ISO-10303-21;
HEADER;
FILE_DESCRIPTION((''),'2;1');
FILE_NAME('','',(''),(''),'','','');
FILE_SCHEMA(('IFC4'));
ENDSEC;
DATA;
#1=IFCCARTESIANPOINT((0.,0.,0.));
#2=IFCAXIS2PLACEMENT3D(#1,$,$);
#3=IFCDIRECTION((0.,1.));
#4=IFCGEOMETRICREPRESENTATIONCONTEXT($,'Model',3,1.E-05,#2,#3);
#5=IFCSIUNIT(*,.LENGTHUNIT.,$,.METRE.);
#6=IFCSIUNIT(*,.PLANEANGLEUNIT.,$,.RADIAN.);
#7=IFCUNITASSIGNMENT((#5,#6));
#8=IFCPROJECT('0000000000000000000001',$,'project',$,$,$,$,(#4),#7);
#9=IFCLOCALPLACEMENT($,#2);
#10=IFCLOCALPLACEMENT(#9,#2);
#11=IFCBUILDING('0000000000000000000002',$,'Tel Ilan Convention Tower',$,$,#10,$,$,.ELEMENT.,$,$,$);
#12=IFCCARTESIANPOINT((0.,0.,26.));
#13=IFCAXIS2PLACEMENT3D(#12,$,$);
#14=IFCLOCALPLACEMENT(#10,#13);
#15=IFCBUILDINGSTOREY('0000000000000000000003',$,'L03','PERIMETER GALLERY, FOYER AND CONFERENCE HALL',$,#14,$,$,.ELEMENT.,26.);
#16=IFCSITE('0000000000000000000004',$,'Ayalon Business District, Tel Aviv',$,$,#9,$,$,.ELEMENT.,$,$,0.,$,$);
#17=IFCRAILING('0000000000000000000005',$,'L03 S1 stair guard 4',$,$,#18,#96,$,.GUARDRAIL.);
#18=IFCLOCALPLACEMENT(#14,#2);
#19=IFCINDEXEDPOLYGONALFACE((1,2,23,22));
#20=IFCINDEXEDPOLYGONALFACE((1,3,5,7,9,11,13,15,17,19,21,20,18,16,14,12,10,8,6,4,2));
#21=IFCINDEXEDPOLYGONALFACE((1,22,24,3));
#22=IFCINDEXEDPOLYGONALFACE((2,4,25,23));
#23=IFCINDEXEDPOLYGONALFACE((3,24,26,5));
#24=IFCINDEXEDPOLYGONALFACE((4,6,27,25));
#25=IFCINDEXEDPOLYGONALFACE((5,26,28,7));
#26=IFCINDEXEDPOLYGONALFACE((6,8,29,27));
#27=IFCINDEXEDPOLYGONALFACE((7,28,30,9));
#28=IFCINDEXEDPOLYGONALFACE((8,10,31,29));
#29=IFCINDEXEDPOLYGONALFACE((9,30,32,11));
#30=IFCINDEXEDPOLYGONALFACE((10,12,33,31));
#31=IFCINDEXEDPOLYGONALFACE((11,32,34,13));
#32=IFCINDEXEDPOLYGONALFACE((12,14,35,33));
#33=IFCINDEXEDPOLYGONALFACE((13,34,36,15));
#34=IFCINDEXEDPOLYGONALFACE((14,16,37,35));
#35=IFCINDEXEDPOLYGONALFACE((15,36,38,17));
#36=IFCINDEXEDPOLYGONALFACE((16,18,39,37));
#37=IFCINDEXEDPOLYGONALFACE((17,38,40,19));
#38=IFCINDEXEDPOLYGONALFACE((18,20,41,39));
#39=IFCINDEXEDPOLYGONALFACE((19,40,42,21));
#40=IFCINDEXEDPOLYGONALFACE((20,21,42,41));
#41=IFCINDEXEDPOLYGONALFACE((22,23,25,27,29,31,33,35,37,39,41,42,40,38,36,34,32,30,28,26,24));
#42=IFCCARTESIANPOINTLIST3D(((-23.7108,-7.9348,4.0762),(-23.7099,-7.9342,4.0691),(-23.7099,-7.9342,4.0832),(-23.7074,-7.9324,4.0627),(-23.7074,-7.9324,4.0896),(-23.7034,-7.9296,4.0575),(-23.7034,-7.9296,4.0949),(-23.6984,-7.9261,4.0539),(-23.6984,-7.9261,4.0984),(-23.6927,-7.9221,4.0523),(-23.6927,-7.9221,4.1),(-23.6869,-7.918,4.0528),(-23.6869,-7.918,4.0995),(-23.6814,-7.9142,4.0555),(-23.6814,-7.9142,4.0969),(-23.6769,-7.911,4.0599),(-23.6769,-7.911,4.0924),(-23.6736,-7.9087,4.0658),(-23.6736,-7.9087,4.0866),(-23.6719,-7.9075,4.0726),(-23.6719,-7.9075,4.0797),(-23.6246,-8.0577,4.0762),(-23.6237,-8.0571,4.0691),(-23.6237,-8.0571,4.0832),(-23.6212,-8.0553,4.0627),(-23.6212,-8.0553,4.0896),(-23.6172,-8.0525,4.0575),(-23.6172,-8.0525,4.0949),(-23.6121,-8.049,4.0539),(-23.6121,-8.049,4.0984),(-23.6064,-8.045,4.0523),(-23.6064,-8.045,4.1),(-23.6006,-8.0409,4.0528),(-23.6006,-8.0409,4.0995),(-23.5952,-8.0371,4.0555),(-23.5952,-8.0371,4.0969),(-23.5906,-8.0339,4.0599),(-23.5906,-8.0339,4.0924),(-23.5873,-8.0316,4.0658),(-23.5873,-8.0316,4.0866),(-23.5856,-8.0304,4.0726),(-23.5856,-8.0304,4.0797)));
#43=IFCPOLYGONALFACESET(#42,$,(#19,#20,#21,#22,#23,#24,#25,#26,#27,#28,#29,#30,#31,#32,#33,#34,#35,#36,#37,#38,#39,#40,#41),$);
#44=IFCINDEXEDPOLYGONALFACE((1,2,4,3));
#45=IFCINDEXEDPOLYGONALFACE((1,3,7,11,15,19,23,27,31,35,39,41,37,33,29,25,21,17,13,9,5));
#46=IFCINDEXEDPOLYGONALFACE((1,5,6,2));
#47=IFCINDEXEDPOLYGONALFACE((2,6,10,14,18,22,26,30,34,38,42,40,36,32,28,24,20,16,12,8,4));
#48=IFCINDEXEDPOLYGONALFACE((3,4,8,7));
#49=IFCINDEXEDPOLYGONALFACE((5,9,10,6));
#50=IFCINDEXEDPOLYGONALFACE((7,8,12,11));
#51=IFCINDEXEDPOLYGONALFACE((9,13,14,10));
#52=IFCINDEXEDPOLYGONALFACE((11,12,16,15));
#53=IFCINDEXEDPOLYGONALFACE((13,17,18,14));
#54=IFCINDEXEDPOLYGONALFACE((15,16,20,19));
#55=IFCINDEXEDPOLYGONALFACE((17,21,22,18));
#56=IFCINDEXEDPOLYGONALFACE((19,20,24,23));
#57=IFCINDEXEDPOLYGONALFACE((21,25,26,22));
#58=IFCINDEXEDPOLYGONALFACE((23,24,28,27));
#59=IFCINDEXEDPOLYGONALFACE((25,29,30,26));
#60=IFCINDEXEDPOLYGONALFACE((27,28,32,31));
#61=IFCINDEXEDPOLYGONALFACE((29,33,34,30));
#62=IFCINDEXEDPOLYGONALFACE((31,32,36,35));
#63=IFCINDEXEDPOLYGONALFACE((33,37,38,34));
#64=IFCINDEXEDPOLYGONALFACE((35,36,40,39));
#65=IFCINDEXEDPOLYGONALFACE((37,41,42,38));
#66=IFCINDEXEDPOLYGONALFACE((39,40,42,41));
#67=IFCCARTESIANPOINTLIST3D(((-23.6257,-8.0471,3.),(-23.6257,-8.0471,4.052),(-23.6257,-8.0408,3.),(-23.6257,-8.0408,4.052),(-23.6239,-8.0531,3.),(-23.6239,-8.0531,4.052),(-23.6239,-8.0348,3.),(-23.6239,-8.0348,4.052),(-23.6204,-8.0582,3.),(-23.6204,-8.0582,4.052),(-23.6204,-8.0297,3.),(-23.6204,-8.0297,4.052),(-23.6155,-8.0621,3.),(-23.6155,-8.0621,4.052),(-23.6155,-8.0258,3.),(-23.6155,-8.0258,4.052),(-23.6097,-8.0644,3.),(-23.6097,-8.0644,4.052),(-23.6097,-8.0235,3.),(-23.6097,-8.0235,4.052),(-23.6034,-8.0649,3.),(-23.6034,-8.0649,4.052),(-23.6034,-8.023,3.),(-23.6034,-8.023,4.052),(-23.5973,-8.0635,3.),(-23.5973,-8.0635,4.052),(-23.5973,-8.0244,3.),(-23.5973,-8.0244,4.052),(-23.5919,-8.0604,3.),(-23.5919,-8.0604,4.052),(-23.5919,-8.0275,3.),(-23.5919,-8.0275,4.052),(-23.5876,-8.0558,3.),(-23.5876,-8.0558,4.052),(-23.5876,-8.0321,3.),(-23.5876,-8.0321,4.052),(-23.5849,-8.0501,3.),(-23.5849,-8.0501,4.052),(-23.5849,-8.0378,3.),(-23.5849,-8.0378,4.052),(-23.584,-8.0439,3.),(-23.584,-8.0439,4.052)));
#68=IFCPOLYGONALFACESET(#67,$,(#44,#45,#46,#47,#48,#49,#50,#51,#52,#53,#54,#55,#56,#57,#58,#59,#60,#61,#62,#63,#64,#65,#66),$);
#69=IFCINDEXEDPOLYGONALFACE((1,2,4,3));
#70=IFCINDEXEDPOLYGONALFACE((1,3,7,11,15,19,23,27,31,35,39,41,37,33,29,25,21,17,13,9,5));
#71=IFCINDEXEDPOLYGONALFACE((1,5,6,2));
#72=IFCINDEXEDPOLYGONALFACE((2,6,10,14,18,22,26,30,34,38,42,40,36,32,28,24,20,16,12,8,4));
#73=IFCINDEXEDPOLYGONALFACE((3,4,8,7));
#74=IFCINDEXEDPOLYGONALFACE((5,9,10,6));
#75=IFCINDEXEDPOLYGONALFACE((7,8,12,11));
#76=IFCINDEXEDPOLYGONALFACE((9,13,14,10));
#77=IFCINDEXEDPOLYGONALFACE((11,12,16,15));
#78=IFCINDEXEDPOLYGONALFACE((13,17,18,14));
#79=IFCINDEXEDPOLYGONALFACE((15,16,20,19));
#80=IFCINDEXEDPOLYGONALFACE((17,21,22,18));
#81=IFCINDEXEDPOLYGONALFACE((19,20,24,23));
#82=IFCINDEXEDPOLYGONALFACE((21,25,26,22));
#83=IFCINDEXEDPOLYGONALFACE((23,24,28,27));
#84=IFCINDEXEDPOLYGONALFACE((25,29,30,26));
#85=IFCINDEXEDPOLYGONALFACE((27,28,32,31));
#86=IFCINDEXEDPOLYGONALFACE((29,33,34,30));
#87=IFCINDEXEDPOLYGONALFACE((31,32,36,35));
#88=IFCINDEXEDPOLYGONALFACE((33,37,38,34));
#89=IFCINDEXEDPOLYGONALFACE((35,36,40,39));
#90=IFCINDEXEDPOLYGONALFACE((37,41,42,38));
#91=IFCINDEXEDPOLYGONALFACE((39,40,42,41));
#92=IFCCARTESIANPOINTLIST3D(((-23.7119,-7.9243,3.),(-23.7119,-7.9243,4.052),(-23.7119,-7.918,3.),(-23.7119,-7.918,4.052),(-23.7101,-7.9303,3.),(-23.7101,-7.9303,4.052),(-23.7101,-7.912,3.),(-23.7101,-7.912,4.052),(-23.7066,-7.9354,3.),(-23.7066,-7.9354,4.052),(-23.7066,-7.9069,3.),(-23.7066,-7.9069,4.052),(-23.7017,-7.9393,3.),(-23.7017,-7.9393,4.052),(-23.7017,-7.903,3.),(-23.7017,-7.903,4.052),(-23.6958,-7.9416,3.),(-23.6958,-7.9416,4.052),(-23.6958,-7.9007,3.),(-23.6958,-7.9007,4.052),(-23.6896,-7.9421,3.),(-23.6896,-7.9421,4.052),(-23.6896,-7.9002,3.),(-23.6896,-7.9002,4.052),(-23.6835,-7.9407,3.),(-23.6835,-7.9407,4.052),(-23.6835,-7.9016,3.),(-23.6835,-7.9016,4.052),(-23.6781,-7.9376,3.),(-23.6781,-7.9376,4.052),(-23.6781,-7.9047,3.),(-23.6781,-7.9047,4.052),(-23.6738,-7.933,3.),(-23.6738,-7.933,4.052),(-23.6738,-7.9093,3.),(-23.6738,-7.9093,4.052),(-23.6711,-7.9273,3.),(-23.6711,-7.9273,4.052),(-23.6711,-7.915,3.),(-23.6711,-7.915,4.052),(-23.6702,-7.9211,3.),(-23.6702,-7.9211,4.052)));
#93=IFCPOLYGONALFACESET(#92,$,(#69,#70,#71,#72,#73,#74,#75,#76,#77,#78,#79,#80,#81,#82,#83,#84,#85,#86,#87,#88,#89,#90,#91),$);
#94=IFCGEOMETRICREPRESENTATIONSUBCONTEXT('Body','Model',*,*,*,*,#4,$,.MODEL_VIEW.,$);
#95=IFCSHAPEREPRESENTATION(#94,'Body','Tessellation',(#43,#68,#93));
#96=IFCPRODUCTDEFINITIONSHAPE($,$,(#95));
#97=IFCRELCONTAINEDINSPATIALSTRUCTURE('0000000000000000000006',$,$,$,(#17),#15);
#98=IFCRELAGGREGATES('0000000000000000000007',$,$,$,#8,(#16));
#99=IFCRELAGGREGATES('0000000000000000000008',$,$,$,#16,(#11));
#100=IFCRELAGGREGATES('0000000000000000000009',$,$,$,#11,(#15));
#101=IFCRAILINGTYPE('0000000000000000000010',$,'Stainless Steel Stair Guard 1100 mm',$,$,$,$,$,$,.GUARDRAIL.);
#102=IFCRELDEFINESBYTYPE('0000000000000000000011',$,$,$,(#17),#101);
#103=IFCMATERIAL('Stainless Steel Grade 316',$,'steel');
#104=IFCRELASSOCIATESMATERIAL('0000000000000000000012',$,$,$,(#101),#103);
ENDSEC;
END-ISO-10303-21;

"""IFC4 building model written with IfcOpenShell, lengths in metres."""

from ifc_helpers import new_model, si_unit, direction, frame, origin, origin_2d, place, context, subcontext, project, spatial, circle, extrude, material, type_object, element, save


model = new_model("IFC4")

# Units and contexts
model_context = context("Model", 3, precision=1e-05, world=origin(), true_north=direction((0.0, 1.0)))
body_context = subcontext(model_context, "Body", "Model", "MODEL_VIEW")
ifc_project = project(units=[si_unit("LENGTHUNIT", "METRE"), si_unit("PLANEANGLEUNIT", "RADIAN")], contexts=[model_context])

# Site, building, storey
site_placement = place(None, origin())
site = spatial("IfcSite", under=ifc_project, at=site_placement, Name="Ayalon Business District, Tel Aviv", CompositionType="ELEMENT", RefElevation=0.0)
building_placement = place(site_placement, origin())
building = spatial("IfcBuilding", under=site, at=building_placement, Name="Tel Ilan Convention Tower", CompositionType="ELEMENT")
storey_placement = place(building_placement, frame((0.0, 0.0, 26.0)))
storey = spatial("IfcBuildingStorey", under=building, at=storey_placement, Name="L03", Description="PERIMETER GALLERY, FOYER AND CONFERENCE HALL", CompositionType="ELEMENT", Elevation=26.0)

# Railing
ifc_material_1 = material(Name="Stainless Steel Grade 316", Category="steel")
railing_type = type_object("IfcRailingType", Name="Stainless Steel Stair Guard 1100 mm", PredefinedType="GUARDRAIL", material=ifc_material_1)
railing_placement = place(storey_placement, frame((-23.605, -8.0439, 3.0)))
element("IfcRailing", 1, at=railing_placement, inside=storey, type_object=railing_type, Name="L03 S1 stair guard 4", PredefinedType="GUARDRAIL", context=body_context, shape_type="SweptSolid", body=[
    extrude(circle(Radius=0.0239, at=origin_2d()), frame((0.0, 0.0, 1.0762), z_axis=(-0.574445, 0.818543, 0.0), x_axis=(-0.818543, -0.574445, 0.0)), (0.0, 0.0, 1.0), 0.1501),
    extrude(circle(Radius=0.021, at=origin_2d()), origin(), (0.0, 0.0, 1.0), 1.052),
    extrude(circle(Radius=0.021, at=origin_2d()), frame((-0.0862, 0.1228, 0.0)), (0.0, 0.0, 1.0), 1.052),
])

save(model, "model.ifc")
